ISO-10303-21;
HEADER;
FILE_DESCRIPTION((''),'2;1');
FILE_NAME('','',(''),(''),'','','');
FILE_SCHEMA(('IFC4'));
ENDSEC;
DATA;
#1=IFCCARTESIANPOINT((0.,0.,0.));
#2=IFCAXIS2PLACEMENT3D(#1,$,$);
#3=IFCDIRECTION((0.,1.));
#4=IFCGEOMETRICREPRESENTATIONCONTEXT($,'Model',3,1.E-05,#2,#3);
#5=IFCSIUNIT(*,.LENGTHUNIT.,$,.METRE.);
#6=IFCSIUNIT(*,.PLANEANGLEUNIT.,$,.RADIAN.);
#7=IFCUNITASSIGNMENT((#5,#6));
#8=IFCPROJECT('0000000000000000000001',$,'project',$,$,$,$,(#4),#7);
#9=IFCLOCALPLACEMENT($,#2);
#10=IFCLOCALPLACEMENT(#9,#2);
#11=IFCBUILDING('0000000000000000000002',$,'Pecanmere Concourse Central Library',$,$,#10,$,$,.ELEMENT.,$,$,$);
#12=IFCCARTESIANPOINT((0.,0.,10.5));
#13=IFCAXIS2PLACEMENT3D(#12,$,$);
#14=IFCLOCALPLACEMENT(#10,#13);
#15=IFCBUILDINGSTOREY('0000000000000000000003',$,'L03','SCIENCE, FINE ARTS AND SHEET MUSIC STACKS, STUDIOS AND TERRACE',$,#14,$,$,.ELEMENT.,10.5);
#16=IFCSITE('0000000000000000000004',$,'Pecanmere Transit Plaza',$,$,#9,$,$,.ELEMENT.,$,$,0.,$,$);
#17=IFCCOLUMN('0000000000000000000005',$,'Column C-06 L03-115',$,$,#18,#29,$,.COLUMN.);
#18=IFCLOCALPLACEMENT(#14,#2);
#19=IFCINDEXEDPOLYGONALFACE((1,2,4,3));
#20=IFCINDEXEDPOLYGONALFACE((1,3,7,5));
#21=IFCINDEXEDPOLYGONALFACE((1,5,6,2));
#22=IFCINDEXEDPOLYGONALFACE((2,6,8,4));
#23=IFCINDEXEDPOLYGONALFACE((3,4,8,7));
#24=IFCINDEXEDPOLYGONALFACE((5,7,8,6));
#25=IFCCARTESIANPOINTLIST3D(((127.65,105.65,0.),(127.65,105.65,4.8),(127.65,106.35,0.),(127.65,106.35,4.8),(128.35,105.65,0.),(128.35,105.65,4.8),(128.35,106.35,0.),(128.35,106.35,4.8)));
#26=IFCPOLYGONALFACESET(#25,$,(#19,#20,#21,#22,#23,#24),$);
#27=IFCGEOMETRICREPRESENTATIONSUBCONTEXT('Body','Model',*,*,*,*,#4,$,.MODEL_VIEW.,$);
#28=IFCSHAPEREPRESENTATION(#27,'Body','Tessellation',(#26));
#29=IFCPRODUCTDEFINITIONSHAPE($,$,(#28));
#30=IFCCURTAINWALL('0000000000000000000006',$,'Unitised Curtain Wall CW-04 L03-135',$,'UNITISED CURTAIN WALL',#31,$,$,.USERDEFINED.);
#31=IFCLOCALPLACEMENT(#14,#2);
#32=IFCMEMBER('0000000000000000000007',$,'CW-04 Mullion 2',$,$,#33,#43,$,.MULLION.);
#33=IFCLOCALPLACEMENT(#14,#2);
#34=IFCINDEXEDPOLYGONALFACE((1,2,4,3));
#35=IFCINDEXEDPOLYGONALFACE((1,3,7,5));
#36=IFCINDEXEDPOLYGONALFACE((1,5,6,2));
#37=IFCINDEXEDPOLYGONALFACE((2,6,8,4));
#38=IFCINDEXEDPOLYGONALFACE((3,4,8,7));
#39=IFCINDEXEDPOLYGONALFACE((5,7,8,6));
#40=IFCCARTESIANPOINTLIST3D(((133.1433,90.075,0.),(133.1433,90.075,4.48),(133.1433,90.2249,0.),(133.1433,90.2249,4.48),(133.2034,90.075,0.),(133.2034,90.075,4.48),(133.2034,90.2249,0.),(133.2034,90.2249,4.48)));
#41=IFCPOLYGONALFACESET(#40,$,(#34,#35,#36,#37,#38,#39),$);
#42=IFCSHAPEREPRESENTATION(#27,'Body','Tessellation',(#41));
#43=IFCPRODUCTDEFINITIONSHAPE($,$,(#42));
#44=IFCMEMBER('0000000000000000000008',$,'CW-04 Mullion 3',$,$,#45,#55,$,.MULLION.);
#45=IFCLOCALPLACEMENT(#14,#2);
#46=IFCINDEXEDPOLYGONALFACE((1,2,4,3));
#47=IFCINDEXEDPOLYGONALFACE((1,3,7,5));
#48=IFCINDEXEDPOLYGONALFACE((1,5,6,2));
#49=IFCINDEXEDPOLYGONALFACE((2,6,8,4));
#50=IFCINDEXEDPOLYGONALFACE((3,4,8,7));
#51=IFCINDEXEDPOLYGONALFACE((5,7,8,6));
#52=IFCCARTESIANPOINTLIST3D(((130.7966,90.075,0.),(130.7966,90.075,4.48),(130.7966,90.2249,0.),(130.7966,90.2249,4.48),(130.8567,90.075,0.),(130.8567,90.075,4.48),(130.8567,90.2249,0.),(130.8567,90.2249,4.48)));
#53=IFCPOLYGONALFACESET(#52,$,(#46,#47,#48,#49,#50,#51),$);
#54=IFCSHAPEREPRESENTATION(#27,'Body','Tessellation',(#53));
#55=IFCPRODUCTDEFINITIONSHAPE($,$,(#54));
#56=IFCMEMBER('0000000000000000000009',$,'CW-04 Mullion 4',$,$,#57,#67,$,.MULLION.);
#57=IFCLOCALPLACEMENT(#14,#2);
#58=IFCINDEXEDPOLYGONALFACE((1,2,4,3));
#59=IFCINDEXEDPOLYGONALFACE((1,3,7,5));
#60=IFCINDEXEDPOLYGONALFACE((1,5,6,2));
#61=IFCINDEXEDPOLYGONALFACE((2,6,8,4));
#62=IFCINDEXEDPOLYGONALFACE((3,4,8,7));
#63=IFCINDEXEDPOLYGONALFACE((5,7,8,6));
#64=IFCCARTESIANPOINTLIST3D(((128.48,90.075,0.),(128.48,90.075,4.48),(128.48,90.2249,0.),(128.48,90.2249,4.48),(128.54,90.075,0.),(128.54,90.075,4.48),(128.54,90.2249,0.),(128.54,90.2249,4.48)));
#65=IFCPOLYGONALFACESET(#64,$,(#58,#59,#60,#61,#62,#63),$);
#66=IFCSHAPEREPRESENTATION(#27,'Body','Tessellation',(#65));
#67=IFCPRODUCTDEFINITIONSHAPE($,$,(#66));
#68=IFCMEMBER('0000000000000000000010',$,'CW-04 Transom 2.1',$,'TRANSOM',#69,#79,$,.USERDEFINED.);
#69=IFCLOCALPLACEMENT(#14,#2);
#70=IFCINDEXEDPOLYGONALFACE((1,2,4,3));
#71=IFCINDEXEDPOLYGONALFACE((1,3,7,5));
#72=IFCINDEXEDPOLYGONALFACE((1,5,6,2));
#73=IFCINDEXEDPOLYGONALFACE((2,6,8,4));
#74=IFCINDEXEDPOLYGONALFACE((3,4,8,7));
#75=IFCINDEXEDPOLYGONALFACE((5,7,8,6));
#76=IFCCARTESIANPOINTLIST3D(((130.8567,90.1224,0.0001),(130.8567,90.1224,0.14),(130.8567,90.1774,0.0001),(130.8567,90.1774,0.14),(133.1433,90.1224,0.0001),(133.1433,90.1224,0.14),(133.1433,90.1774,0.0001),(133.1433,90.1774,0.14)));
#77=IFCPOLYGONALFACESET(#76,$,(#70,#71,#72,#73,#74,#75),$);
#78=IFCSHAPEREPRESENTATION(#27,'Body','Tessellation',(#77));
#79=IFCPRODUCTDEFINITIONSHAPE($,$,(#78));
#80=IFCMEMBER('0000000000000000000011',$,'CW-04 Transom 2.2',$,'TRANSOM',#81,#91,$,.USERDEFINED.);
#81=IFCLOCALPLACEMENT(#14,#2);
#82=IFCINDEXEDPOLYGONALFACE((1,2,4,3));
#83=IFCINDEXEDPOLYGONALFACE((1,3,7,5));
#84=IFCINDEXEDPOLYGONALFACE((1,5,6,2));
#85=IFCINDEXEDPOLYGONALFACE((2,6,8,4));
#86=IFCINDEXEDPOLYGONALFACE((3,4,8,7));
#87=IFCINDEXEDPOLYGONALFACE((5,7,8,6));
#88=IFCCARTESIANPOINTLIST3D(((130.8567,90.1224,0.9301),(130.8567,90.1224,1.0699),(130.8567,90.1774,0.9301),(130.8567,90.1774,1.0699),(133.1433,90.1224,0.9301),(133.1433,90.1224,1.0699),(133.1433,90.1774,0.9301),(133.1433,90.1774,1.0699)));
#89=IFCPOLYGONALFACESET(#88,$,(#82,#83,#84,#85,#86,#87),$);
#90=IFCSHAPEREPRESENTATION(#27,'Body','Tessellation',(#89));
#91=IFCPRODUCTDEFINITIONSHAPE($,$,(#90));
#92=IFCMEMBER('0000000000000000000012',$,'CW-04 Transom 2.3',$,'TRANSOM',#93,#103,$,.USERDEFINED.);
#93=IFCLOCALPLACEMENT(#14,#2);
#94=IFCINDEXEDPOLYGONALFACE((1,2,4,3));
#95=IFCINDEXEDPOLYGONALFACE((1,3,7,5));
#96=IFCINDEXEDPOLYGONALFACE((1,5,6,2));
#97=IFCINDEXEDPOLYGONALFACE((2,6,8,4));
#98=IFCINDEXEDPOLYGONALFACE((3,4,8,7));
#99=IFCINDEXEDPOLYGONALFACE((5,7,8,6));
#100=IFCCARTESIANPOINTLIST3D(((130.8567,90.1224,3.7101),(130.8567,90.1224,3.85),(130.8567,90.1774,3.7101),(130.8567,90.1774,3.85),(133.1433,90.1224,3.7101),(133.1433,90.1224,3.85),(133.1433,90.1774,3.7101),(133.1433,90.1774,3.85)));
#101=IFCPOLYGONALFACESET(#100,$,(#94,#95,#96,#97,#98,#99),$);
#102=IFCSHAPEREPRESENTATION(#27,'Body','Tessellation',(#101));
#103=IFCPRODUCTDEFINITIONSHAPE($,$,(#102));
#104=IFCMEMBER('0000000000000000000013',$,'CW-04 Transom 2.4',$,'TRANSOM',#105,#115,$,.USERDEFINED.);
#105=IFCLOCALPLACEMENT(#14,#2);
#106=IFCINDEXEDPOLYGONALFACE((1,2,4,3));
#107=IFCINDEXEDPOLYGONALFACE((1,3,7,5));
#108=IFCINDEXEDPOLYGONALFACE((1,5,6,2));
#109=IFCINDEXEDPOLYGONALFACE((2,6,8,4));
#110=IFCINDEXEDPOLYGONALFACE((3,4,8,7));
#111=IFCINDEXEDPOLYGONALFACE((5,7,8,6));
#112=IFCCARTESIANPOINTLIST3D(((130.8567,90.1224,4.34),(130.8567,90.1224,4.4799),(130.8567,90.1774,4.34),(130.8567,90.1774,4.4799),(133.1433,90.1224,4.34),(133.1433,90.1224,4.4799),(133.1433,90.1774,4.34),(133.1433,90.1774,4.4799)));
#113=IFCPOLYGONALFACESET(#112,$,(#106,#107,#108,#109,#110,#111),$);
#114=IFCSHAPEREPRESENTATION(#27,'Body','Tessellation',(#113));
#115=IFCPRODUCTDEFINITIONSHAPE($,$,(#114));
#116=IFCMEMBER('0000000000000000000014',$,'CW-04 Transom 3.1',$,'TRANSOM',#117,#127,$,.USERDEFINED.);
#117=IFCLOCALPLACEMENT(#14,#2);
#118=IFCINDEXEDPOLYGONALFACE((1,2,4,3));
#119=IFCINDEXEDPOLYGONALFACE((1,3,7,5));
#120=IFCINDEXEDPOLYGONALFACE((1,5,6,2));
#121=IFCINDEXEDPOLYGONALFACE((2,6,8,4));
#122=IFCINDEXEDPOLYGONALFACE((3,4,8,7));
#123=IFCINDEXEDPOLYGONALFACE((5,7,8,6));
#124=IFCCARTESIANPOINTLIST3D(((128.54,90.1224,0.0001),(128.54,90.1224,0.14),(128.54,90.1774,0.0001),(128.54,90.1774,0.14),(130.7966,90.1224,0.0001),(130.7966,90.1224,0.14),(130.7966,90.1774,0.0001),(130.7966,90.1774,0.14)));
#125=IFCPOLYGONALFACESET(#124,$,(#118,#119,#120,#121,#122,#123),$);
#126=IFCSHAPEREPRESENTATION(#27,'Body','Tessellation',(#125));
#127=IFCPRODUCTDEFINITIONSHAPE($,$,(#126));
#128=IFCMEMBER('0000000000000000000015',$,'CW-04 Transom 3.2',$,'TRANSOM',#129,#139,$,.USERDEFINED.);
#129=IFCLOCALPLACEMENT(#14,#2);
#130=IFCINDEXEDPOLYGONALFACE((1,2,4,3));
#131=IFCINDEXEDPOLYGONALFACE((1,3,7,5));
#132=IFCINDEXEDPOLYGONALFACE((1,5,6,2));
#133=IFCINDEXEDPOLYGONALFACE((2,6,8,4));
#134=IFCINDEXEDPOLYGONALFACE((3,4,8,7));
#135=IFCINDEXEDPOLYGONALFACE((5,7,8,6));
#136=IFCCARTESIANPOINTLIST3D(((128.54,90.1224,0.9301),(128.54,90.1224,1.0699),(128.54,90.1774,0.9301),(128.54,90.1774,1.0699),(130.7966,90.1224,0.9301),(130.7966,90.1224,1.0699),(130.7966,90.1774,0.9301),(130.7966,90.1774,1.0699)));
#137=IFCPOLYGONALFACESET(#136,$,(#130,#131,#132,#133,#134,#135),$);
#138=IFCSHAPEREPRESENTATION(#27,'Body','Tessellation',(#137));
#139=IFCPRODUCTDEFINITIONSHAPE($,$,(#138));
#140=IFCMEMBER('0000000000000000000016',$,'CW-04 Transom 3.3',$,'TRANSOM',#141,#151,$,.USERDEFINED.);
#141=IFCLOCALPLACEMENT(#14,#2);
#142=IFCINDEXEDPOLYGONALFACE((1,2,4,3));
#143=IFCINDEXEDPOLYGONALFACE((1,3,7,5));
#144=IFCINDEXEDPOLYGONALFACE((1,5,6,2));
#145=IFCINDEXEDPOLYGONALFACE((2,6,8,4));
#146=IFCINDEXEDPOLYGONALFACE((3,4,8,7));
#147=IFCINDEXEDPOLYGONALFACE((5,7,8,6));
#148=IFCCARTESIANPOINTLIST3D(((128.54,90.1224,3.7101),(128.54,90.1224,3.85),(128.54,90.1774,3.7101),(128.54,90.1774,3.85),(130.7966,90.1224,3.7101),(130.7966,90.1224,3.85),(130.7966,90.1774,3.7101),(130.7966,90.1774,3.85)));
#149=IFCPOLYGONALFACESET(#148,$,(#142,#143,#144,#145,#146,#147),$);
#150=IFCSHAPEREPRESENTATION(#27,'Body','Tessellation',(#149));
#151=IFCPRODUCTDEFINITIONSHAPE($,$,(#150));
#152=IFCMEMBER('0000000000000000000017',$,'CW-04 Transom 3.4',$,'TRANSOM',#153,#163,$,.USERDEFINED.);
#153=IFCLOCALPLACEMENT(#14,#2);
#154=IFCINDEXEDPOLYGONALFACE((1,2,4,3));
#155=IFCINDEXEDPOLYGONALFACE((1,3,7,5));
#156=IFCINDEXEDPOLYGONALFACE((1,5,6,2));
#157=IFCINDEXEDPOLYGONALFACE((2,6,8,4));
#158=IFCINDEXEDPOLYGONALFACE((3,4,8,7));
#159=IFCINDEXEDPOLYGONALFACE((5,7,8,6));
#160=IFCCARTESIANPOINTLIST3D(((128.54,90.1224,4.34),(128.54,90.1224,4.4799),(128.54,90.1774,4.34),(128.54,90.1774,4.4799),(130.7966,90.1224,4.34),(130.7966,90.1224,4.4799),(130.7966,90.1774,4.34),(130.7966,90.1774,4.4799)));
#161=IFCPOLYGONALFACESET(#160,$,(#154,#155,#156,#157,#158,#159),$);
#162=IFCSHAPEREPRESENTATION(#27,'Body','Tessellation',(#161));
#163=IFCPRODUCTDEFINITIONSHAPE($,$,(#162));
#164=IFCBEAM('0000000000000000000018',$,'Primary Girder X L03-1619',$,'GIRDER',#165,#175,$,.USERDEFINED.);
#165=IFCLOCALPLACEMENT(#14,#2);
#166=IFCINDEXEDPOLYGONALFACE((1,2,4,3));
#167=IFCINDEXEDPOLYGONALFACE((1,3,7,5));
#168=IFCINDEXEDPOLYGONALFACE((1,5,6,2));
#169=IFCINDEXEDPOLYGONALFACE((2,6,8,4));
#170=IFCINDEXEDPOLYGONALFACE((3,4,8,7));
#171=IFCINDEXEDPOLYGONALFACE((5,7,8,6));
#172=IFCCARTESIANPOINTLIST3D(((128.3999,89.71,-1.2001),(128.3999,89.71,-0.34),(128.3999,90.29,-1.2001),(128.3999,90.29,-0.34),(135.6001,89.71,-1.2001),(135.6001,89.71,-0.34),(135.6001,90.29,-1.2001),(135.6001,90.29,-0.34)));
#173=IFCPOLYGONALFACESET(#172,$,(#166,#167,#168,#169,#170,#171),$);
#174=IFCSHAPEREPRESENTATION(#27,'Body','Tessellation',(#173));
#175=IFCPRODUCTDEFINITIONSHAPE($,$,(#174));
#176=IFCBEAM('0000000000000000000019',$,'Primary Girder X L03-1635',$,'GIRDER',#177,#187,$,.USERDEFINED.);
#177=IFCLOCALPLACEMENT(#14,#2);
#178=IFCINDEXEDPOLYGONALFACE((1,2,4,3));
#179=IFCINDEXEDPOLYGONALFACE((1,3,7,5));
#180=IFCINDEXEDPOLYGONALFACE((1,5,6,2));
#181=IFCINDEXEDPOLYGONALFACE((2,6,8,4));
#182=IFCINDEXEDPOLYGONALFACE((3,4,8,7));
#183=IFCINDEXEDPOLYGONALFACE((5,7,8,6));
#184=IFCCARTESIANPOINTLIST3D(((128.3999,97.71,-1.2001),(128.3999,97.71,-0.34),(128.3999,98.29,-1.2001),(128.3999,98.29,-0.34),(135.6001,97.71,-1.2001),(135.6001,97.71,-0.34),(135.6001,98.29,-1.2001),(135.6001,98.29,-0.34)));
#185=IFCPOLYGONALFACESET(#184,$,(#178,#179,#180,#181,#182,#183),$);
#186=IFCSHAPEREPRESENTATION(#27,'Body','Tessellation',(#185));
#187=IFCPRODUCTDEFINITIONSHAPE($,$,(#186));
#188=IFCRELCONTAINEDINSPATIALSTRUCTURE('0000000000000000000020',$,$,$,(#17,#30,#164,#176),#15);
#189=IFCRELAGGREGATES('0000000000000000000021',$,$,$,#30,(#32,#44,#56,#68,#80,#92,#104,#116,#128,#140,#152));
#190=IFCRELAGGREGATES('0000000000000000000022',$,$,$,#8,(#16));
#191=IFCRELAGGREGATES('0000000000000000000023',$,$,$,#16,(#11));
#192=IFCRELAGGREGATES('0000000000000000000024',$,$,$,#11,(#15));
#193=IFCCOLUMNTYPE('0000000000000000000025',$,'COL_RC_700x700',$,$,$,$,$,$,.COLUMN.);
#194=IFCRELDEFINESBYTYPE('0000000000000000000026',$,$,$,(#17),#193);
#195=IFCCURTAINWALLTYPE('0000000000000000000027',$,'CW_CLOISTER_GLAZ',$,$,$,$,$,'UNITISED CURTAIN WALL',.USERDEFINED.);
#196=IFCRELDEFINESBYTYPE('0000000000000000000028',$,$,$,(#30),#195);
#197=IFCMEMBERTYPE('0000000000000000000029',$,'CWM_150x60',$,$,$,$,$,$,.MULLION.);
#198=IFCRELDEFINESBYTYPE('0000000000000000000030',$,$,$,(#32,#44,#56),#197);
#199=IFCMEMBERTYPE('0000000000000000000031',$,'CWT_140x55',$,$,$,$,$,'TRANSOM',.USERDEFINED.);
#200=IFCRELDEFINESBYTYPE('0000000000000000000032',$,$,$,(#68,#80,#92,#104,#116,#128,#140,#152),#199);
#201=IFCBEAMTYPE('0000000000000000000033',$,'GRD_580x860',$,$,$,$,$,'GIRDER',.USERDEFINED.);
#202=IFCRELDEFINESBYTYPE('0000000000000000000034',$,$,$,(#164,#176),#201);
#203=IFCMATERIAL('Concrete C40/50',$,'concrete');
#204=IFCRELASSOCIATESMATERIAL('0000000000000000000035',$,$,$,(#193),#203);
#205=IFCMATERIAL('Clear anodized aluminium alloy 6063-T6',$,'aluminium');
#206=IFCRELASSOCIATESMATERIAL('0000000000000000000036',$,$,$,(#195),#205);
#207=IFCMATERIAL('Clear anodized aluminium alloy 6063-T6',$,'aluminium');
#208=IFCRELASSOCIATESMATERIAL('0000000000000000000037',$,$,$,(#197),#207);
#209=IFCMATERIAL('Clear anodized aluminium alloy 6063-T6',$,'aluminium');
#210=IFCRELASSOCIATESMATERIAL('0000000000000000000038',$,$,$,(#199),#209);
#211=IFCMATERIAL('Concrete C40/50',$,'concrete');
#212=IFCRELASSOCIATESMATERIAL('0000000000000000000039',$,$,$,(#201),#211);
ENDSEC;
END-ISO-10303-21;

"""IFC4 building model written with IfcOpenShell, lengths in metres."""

from ifc_helpers import new_model, si_unit, direction, frame, origin, origin_2d, place, context, subcontext, project, spatial, rectangle, extrude, material, material_profile, profile_set, type_object, element, aggregate, save


model = new_model("IFC4")

# Units and contexts
model_context = context("Model", 3, precision=1e-05, world=origin(), true_north=direction((0.0, 1.0)))
body_context = subcontext(model_context, "Body", "Model", "MODEL_VIEW")
ifc_project = project(units=[si_unit("LENGTHUNIT", "METRE"), si_unit("PLANEANGLEUNIT", "RADIAN")], contexts=[model_context])

# Site, building, storey
site_placement = place(None, origin())
site = spatial("IfcSite", under=ifc_project, at=site_placement, Name="Pecanmere Transit Plaza", CompositionType="ELEMENT", RefElevation=0.0)
building_placement = place(site_placement, origin())
building = spatial("IfcBuilding", under=site, at=building_placement, Name="Pecanmere Concourse Central Library", CompositionType="ELEMENT")
storey_placement = place(building_placement, frame((0.0, 0.0, 10.5)))
storey = spatial("IfcBuildingStorey", under=building, at=storey_placement, Name="L03", Description="SCIENCE, FINE ARTS AND SHEET MUSIC STACKS, STUDIOS AND TERRACE", CompositionType="ELEMENT", Elevation=10.5)

# Column
ifc_material_1 = material(Name="Concrete C40/50", Category="concrete")
ifc_material_profile_1 = material_profile(ifc_material_1, rectangle(XDim=0.7, YDim=0.7, at=origin_2d()), Name="RC 700x700")
ifc_profile_set_1 = profile_set([ifc_material_profile_1], Name="Concrete C40/50")
column_type = type_object("IfcColumnType", Name="COL_RC_700x700", PredefinedType="COLUMN", material=ifc_profile_set_1)
column_placement = place(storey_placement, frame((128.0, 106.0, 0.0), z_axis=(0.0, 0.0, 1.0), x_axis=(1.0, 0.0, 0.0)))
element("IfcColumn", 1, at=column_placement, inside=storey, type_object=column_type, Name="Column C-06 L03-115", PredefinedType="COLUMN", context=body_context, shape_type="SweptSolid", body=[
    extrude(rectangle(XDim=0.7, YDim=0.7, at=origin_2d()), origin(), (0.0, 0.0, 1.0), 4.8),
])

# Curtain wall, members
ifc_material_2 = material(Name="Clear anodized aluminium alloy 6063-T6", Category="aluminium")
curtain_wall_type = type_object("IfcCurtainWallType", Name="CW_CLOISTER_GLAZ", ElementType="UNITISED CURTAIN WALL", PredefinedType="USERDEFINED", material=ifc_material_2)
curtain_wall_placement = place(storey_placement, origin())
curtain_wall = element("IfcCurtainWall", 2, at=curtain_wall_placement, inside=storey, type_object=curtain_wall_type, Name="Unitised Curtain Wall CW-04 L03-135", ObjectType="UNITISED CURTAIN WALL", PredefinedType="USERDEFINED")
ifc_material_3 = material(Name="Clear anodized aluminium alloy 6063-T6", Category="aluminium")
ifc_material_profile_2 = material_profile(ifc_material_3, rectangle(XDim=0.0601, YDim=0.1499, at=origin_2d()), Name="AL 60x150")
ifc_profile_set_2 = profile_set([ifc_material_profile_2], Name="Clear anodized aluminium alloy 6063-T6")
member_type_1 = type_object("IfcMemberType", Name="CWM_150x60", PredefinedType="MULLION", material=ifc_profile_set_2)
member_1_placement = place(storey_placement, frame((133.1733, 90.1499, 0.0), z_axis=(0.0, 0.0, 1.0), x_axis=(-1.0, 0.0, 0.0)))
member_1 = element("IfcMember", 3, at=member_1_placement, type_object=member_type_1, Name="CW-04 Mullion 2", PredefinedType="MULLION", context=body_context, shape_type="SweptSolid", body=[
    extrude(rectangle(XDim=0.0601, YDim=0.1499, at=origin_2d()), origin(), (0.0, 0.0, 1.0), 4.48),
])
member_2_placement = place(storey_placement, frame((130.8267, 90.1499, 0.0), z_axis=(0.0, 0.0, 1.0), x_axis=(-1.0, 0.0, 0.0)))
member_2 = element("IfcMember", 4, at=member_2_placement, type_object=member_type_1, Name="CW-04 Mullion 3", PredefinedType="MULLION", context=body_context, shape_type="SweptSolid", body=[
    extrude(rectangle(XDim=0.0601, YDim=0.1499, at=origin_2d()), origin(), (0.0, 0.0, 1.0), 4.48),
])
member_3_placement = place(storey_placement, frame((128.51, 90.1499, 0.0), z_axis=(0.0, 0.0, 1.0), x_axis=(-1.0, 0.0, 0.0)))
member_3 = element("IfcMember", 5, at=member_3_placement, type_object=member_type_1, Name="CW-04 Mullion 4", PredefinedType="MULLION", context=body_context, shape_type="SweptSolid", body=[
    extrude(rectangle(XDim=0.0601, YDim=0.1499, at=origin_2d()), origin(), (0.0, 0.0, 1.0), 4.48),
])
ifc_material_4 = material(Name="Clear anodized aluminium alloy 6063-T6", Category="aluminium")
ifc_material_profile_3 = material_profile(ifc_material_4, rectangle(XDim=0.0549, YDim=0.1399, at=origin_2d()), Name="AL 55x140")
ifc_profile_set_3 = profile_set([ifc_material_profile_3], Name="Clear anodized aluminium alloy 6063-T6")
member_type_2 = type_object("IfcMemberType", Name="CWT_140x55", ElementType="TRANSOM", PredefinedType="USERDEFINED", material=ifc_profile_set_3)
member_4_placement = place(storey_placement, frame((133.1433, 90.1499, 0.0701), z_axis=(-1.0, 0.0, 0.0), x_axis=(0.0, -1.0, 0.0)))
member_4 = element("IfcMember", 6, at=member_4_placement, type_object=member_type_2, Name="CW-04 Transom 2.1", ObjectType="TRANSOM", PredefinedType="USERDEFINED", context=body_context, shape_type="SweptSolid", body=[
    extrude(rectangle(XDim=0.0549, YDim=0.1399, at=origin_2d()), origin(), (0.0, 0.0, 1.0), 2.2866),
])
member_5_placement = place(storey_placement, frame((133.1433, 90.1499, 1.0), z_axis=(-1.0, 0.0, 0.0), x_axis=(0.0, -1.0, 0.0)))
member_5 = element("IfcMember", 7, at=member_5_placement, type_object=member_type_2, Name="CW-04 Transom 2.2", ObjectType="TRANSOM", PredefinedType="USERDEFINED", context=body_context, shape_type="SweptSolid", body=[
    extrude(rectangle(XDim=0.0549, YDim=0.1399, at=origin_2d()), origin(), (0.0, 0.0, 1.0), 2.2866),
])
member_6_placement = place(storey_placement, frame((133.1433, 90.1499, 3.78), z_axis=(-1.0, 0.0, 0.0), x_axis=(0.0, -1.0, 0.0)))
member_6 = element("IfcMember", 8, at=member_6_placement, type_object=member_type_2, Name="CW-04 Transom 2.3", ObjectType="TRANSOM", PredefinedType="USERDEFINED", context=body_context, shape_type="SweptSolid", body=[
    extrude(rectangle(XDim=0.0549, YDim=0.1399, at=origin_2d()), origin(), (0.0, 0.0, 1.0), 2.2866),
])
member_7_placement = place(storey_placement, frame((133.1433, 90.1499, 4.4099), z_axis=(-1.0, 0.0, 0.0), x_axis=(0.0, -1.0, 0.0)))
member_7 = element("IfcMember", 9, at=member_7_placement, type_object=member_type_2, Name="CW-04 Transom 2.4", ObjectType="TRANSOM", PredefinedType="USERDEFINED", context=body_context, shape_type="SweptSolid", body=[
    extrude(rectangle(XDim=0.0549, YDim=0.1399, at=origin_2d()), origin(), (0.0, 0.0, 1.0), 2.2866),
])
member_8_placement = place(storey_placement, frame((130.7966, 90.1499, 0.0701), z_axis=(-1.0, 0.0, 0.0), x_axis=(0.0, -1.0, 0.0)))
member_8 = element("IfcMember", 10, at=member_8_placement, type_object=member_type_2, Name="CW-04 Transom 3.1", ObjectType="TRANSOM", PredefinedType="USERDEFINED", context=body_context, shape_type="SweptSolid", body=[
    extrude(rectangle(XDim=0.0549, YDim=0.1399, at=origin_2d()), origin(), (0.0, 0.0, 1.0), 2.2566),
])
member_9_placement = place(storey_placement, frame((130.7966, 90.1499, 1.0), z_axis=(-1.0, 0.0, 0.0), x_axis=(0.0, -1.0, 0.0)))
member_9 = element("IfcMember", 11, at=member_9_placement, type_object=member_type_2, Name="CW-04 Transom 3.2", ObjectType="TRANSOM", PredefinedType="USERDEFINED", context=body_context, shape_type="SweptSolid", body=[
    extrude(rectangle(XDim=0.0549, YDim=0.1399, at=origin_2d()), origin(), (0.0, 0.0, 1.0), 2.2566),
])
member_10_placement = place(storey_placement, frame((130.7966, 90.1499, 3.78), z_axis=(-1.0, 0.0, 0.0), x_axis=(0.0, -1.0, 0.0)))
member_10 = element("IfcMember", 12, at=member_10_placement, type_object=member_type_2, Name="CW-04 Transom 3.3", ObjectType="TRANSOM", PredefinedType="USERDEFINED", context=body_context, shape_type="SweptSolid", body=[
    extrude(rectangle(XDim=0.0549, YDim=0.1399, at=origin_2d()), origin(), (0.0, 0.0, 1.0), 2.2566),
])
member_11_placement = place(storey_placement, frame((130.7966, 90.1499, 4.4099), z_axis=(-1.0, 0.0, 0.0), x_axis=(0.0, -1.0, 0.0)))
member_11 = element("IfcMember", 13, at=member_11_placement, type_object=member_type_2, Name="CW-04 Transom 3.4", ObjectType="TRANSOM", PredefinedType="USERDEFINED", context=body_context, shape_type="SweptSolid", body=[
    extrude(rectangle(XDim=0.0549, YDim=0.1399, at=origin_2d()), origin(), (0.0, 0.0, 1.0), 2.2566),
])

# Beams
ifc_material_5 = material(Name="Concrete C40/50", Category="concrete")
ifc_material_profile_4 = material_profile(ifc_material_5, rectangle(XDim=0.5801, YDim=0.8601, at=origin_2d()), Name="RC 580x860")
ifc_profile_set_4 = profile_set([ifc_material_profile_4], Name="Concrete C40/50")
beam_type_1 = type_object("IfcBeamType", Name="GRD_580x860", ElementType="GIRDER", PredefinedType="USERDEFINED", material=ifc_profile_set_4)
for number, where, z_axis, x_axis, name in (
    (14, (128.3999, 90.0, -0.77), (1.0, 0.0, 0.0), (0.0, 1.0, 0.0), "Primary Girder X L03-1619"),
    (15, (128.3999, 98.0, -0.77), (1.0, 0.0, 0.0), (0.0, 1.0, 0.0), "Primary Girder X L03-1635"),
):
    element("IfcBeam", number, at=place(storey_placement, frame(where, z_axis=z_axis, x_axis=x_axis)), inside=storey, type_object=beam_type_1, Name=name, ObjectType="GIRDER", PredefinedType="USERDEFINED", context=body_context, shape_type="SweptSolid", body=[
        extrude(rectangle(XDim=0.5801, YDim=0.8601, at=origin_2d()), origin(), (0.0, 0.0, 1.0), 7.2002),
    ])

aggregate(curtain_wall, [member_1, member_2, member_3, member_4, member_5, member_6, member_7, member_8, member_9, member_10, member_11])

save(model, "model.ifc")
